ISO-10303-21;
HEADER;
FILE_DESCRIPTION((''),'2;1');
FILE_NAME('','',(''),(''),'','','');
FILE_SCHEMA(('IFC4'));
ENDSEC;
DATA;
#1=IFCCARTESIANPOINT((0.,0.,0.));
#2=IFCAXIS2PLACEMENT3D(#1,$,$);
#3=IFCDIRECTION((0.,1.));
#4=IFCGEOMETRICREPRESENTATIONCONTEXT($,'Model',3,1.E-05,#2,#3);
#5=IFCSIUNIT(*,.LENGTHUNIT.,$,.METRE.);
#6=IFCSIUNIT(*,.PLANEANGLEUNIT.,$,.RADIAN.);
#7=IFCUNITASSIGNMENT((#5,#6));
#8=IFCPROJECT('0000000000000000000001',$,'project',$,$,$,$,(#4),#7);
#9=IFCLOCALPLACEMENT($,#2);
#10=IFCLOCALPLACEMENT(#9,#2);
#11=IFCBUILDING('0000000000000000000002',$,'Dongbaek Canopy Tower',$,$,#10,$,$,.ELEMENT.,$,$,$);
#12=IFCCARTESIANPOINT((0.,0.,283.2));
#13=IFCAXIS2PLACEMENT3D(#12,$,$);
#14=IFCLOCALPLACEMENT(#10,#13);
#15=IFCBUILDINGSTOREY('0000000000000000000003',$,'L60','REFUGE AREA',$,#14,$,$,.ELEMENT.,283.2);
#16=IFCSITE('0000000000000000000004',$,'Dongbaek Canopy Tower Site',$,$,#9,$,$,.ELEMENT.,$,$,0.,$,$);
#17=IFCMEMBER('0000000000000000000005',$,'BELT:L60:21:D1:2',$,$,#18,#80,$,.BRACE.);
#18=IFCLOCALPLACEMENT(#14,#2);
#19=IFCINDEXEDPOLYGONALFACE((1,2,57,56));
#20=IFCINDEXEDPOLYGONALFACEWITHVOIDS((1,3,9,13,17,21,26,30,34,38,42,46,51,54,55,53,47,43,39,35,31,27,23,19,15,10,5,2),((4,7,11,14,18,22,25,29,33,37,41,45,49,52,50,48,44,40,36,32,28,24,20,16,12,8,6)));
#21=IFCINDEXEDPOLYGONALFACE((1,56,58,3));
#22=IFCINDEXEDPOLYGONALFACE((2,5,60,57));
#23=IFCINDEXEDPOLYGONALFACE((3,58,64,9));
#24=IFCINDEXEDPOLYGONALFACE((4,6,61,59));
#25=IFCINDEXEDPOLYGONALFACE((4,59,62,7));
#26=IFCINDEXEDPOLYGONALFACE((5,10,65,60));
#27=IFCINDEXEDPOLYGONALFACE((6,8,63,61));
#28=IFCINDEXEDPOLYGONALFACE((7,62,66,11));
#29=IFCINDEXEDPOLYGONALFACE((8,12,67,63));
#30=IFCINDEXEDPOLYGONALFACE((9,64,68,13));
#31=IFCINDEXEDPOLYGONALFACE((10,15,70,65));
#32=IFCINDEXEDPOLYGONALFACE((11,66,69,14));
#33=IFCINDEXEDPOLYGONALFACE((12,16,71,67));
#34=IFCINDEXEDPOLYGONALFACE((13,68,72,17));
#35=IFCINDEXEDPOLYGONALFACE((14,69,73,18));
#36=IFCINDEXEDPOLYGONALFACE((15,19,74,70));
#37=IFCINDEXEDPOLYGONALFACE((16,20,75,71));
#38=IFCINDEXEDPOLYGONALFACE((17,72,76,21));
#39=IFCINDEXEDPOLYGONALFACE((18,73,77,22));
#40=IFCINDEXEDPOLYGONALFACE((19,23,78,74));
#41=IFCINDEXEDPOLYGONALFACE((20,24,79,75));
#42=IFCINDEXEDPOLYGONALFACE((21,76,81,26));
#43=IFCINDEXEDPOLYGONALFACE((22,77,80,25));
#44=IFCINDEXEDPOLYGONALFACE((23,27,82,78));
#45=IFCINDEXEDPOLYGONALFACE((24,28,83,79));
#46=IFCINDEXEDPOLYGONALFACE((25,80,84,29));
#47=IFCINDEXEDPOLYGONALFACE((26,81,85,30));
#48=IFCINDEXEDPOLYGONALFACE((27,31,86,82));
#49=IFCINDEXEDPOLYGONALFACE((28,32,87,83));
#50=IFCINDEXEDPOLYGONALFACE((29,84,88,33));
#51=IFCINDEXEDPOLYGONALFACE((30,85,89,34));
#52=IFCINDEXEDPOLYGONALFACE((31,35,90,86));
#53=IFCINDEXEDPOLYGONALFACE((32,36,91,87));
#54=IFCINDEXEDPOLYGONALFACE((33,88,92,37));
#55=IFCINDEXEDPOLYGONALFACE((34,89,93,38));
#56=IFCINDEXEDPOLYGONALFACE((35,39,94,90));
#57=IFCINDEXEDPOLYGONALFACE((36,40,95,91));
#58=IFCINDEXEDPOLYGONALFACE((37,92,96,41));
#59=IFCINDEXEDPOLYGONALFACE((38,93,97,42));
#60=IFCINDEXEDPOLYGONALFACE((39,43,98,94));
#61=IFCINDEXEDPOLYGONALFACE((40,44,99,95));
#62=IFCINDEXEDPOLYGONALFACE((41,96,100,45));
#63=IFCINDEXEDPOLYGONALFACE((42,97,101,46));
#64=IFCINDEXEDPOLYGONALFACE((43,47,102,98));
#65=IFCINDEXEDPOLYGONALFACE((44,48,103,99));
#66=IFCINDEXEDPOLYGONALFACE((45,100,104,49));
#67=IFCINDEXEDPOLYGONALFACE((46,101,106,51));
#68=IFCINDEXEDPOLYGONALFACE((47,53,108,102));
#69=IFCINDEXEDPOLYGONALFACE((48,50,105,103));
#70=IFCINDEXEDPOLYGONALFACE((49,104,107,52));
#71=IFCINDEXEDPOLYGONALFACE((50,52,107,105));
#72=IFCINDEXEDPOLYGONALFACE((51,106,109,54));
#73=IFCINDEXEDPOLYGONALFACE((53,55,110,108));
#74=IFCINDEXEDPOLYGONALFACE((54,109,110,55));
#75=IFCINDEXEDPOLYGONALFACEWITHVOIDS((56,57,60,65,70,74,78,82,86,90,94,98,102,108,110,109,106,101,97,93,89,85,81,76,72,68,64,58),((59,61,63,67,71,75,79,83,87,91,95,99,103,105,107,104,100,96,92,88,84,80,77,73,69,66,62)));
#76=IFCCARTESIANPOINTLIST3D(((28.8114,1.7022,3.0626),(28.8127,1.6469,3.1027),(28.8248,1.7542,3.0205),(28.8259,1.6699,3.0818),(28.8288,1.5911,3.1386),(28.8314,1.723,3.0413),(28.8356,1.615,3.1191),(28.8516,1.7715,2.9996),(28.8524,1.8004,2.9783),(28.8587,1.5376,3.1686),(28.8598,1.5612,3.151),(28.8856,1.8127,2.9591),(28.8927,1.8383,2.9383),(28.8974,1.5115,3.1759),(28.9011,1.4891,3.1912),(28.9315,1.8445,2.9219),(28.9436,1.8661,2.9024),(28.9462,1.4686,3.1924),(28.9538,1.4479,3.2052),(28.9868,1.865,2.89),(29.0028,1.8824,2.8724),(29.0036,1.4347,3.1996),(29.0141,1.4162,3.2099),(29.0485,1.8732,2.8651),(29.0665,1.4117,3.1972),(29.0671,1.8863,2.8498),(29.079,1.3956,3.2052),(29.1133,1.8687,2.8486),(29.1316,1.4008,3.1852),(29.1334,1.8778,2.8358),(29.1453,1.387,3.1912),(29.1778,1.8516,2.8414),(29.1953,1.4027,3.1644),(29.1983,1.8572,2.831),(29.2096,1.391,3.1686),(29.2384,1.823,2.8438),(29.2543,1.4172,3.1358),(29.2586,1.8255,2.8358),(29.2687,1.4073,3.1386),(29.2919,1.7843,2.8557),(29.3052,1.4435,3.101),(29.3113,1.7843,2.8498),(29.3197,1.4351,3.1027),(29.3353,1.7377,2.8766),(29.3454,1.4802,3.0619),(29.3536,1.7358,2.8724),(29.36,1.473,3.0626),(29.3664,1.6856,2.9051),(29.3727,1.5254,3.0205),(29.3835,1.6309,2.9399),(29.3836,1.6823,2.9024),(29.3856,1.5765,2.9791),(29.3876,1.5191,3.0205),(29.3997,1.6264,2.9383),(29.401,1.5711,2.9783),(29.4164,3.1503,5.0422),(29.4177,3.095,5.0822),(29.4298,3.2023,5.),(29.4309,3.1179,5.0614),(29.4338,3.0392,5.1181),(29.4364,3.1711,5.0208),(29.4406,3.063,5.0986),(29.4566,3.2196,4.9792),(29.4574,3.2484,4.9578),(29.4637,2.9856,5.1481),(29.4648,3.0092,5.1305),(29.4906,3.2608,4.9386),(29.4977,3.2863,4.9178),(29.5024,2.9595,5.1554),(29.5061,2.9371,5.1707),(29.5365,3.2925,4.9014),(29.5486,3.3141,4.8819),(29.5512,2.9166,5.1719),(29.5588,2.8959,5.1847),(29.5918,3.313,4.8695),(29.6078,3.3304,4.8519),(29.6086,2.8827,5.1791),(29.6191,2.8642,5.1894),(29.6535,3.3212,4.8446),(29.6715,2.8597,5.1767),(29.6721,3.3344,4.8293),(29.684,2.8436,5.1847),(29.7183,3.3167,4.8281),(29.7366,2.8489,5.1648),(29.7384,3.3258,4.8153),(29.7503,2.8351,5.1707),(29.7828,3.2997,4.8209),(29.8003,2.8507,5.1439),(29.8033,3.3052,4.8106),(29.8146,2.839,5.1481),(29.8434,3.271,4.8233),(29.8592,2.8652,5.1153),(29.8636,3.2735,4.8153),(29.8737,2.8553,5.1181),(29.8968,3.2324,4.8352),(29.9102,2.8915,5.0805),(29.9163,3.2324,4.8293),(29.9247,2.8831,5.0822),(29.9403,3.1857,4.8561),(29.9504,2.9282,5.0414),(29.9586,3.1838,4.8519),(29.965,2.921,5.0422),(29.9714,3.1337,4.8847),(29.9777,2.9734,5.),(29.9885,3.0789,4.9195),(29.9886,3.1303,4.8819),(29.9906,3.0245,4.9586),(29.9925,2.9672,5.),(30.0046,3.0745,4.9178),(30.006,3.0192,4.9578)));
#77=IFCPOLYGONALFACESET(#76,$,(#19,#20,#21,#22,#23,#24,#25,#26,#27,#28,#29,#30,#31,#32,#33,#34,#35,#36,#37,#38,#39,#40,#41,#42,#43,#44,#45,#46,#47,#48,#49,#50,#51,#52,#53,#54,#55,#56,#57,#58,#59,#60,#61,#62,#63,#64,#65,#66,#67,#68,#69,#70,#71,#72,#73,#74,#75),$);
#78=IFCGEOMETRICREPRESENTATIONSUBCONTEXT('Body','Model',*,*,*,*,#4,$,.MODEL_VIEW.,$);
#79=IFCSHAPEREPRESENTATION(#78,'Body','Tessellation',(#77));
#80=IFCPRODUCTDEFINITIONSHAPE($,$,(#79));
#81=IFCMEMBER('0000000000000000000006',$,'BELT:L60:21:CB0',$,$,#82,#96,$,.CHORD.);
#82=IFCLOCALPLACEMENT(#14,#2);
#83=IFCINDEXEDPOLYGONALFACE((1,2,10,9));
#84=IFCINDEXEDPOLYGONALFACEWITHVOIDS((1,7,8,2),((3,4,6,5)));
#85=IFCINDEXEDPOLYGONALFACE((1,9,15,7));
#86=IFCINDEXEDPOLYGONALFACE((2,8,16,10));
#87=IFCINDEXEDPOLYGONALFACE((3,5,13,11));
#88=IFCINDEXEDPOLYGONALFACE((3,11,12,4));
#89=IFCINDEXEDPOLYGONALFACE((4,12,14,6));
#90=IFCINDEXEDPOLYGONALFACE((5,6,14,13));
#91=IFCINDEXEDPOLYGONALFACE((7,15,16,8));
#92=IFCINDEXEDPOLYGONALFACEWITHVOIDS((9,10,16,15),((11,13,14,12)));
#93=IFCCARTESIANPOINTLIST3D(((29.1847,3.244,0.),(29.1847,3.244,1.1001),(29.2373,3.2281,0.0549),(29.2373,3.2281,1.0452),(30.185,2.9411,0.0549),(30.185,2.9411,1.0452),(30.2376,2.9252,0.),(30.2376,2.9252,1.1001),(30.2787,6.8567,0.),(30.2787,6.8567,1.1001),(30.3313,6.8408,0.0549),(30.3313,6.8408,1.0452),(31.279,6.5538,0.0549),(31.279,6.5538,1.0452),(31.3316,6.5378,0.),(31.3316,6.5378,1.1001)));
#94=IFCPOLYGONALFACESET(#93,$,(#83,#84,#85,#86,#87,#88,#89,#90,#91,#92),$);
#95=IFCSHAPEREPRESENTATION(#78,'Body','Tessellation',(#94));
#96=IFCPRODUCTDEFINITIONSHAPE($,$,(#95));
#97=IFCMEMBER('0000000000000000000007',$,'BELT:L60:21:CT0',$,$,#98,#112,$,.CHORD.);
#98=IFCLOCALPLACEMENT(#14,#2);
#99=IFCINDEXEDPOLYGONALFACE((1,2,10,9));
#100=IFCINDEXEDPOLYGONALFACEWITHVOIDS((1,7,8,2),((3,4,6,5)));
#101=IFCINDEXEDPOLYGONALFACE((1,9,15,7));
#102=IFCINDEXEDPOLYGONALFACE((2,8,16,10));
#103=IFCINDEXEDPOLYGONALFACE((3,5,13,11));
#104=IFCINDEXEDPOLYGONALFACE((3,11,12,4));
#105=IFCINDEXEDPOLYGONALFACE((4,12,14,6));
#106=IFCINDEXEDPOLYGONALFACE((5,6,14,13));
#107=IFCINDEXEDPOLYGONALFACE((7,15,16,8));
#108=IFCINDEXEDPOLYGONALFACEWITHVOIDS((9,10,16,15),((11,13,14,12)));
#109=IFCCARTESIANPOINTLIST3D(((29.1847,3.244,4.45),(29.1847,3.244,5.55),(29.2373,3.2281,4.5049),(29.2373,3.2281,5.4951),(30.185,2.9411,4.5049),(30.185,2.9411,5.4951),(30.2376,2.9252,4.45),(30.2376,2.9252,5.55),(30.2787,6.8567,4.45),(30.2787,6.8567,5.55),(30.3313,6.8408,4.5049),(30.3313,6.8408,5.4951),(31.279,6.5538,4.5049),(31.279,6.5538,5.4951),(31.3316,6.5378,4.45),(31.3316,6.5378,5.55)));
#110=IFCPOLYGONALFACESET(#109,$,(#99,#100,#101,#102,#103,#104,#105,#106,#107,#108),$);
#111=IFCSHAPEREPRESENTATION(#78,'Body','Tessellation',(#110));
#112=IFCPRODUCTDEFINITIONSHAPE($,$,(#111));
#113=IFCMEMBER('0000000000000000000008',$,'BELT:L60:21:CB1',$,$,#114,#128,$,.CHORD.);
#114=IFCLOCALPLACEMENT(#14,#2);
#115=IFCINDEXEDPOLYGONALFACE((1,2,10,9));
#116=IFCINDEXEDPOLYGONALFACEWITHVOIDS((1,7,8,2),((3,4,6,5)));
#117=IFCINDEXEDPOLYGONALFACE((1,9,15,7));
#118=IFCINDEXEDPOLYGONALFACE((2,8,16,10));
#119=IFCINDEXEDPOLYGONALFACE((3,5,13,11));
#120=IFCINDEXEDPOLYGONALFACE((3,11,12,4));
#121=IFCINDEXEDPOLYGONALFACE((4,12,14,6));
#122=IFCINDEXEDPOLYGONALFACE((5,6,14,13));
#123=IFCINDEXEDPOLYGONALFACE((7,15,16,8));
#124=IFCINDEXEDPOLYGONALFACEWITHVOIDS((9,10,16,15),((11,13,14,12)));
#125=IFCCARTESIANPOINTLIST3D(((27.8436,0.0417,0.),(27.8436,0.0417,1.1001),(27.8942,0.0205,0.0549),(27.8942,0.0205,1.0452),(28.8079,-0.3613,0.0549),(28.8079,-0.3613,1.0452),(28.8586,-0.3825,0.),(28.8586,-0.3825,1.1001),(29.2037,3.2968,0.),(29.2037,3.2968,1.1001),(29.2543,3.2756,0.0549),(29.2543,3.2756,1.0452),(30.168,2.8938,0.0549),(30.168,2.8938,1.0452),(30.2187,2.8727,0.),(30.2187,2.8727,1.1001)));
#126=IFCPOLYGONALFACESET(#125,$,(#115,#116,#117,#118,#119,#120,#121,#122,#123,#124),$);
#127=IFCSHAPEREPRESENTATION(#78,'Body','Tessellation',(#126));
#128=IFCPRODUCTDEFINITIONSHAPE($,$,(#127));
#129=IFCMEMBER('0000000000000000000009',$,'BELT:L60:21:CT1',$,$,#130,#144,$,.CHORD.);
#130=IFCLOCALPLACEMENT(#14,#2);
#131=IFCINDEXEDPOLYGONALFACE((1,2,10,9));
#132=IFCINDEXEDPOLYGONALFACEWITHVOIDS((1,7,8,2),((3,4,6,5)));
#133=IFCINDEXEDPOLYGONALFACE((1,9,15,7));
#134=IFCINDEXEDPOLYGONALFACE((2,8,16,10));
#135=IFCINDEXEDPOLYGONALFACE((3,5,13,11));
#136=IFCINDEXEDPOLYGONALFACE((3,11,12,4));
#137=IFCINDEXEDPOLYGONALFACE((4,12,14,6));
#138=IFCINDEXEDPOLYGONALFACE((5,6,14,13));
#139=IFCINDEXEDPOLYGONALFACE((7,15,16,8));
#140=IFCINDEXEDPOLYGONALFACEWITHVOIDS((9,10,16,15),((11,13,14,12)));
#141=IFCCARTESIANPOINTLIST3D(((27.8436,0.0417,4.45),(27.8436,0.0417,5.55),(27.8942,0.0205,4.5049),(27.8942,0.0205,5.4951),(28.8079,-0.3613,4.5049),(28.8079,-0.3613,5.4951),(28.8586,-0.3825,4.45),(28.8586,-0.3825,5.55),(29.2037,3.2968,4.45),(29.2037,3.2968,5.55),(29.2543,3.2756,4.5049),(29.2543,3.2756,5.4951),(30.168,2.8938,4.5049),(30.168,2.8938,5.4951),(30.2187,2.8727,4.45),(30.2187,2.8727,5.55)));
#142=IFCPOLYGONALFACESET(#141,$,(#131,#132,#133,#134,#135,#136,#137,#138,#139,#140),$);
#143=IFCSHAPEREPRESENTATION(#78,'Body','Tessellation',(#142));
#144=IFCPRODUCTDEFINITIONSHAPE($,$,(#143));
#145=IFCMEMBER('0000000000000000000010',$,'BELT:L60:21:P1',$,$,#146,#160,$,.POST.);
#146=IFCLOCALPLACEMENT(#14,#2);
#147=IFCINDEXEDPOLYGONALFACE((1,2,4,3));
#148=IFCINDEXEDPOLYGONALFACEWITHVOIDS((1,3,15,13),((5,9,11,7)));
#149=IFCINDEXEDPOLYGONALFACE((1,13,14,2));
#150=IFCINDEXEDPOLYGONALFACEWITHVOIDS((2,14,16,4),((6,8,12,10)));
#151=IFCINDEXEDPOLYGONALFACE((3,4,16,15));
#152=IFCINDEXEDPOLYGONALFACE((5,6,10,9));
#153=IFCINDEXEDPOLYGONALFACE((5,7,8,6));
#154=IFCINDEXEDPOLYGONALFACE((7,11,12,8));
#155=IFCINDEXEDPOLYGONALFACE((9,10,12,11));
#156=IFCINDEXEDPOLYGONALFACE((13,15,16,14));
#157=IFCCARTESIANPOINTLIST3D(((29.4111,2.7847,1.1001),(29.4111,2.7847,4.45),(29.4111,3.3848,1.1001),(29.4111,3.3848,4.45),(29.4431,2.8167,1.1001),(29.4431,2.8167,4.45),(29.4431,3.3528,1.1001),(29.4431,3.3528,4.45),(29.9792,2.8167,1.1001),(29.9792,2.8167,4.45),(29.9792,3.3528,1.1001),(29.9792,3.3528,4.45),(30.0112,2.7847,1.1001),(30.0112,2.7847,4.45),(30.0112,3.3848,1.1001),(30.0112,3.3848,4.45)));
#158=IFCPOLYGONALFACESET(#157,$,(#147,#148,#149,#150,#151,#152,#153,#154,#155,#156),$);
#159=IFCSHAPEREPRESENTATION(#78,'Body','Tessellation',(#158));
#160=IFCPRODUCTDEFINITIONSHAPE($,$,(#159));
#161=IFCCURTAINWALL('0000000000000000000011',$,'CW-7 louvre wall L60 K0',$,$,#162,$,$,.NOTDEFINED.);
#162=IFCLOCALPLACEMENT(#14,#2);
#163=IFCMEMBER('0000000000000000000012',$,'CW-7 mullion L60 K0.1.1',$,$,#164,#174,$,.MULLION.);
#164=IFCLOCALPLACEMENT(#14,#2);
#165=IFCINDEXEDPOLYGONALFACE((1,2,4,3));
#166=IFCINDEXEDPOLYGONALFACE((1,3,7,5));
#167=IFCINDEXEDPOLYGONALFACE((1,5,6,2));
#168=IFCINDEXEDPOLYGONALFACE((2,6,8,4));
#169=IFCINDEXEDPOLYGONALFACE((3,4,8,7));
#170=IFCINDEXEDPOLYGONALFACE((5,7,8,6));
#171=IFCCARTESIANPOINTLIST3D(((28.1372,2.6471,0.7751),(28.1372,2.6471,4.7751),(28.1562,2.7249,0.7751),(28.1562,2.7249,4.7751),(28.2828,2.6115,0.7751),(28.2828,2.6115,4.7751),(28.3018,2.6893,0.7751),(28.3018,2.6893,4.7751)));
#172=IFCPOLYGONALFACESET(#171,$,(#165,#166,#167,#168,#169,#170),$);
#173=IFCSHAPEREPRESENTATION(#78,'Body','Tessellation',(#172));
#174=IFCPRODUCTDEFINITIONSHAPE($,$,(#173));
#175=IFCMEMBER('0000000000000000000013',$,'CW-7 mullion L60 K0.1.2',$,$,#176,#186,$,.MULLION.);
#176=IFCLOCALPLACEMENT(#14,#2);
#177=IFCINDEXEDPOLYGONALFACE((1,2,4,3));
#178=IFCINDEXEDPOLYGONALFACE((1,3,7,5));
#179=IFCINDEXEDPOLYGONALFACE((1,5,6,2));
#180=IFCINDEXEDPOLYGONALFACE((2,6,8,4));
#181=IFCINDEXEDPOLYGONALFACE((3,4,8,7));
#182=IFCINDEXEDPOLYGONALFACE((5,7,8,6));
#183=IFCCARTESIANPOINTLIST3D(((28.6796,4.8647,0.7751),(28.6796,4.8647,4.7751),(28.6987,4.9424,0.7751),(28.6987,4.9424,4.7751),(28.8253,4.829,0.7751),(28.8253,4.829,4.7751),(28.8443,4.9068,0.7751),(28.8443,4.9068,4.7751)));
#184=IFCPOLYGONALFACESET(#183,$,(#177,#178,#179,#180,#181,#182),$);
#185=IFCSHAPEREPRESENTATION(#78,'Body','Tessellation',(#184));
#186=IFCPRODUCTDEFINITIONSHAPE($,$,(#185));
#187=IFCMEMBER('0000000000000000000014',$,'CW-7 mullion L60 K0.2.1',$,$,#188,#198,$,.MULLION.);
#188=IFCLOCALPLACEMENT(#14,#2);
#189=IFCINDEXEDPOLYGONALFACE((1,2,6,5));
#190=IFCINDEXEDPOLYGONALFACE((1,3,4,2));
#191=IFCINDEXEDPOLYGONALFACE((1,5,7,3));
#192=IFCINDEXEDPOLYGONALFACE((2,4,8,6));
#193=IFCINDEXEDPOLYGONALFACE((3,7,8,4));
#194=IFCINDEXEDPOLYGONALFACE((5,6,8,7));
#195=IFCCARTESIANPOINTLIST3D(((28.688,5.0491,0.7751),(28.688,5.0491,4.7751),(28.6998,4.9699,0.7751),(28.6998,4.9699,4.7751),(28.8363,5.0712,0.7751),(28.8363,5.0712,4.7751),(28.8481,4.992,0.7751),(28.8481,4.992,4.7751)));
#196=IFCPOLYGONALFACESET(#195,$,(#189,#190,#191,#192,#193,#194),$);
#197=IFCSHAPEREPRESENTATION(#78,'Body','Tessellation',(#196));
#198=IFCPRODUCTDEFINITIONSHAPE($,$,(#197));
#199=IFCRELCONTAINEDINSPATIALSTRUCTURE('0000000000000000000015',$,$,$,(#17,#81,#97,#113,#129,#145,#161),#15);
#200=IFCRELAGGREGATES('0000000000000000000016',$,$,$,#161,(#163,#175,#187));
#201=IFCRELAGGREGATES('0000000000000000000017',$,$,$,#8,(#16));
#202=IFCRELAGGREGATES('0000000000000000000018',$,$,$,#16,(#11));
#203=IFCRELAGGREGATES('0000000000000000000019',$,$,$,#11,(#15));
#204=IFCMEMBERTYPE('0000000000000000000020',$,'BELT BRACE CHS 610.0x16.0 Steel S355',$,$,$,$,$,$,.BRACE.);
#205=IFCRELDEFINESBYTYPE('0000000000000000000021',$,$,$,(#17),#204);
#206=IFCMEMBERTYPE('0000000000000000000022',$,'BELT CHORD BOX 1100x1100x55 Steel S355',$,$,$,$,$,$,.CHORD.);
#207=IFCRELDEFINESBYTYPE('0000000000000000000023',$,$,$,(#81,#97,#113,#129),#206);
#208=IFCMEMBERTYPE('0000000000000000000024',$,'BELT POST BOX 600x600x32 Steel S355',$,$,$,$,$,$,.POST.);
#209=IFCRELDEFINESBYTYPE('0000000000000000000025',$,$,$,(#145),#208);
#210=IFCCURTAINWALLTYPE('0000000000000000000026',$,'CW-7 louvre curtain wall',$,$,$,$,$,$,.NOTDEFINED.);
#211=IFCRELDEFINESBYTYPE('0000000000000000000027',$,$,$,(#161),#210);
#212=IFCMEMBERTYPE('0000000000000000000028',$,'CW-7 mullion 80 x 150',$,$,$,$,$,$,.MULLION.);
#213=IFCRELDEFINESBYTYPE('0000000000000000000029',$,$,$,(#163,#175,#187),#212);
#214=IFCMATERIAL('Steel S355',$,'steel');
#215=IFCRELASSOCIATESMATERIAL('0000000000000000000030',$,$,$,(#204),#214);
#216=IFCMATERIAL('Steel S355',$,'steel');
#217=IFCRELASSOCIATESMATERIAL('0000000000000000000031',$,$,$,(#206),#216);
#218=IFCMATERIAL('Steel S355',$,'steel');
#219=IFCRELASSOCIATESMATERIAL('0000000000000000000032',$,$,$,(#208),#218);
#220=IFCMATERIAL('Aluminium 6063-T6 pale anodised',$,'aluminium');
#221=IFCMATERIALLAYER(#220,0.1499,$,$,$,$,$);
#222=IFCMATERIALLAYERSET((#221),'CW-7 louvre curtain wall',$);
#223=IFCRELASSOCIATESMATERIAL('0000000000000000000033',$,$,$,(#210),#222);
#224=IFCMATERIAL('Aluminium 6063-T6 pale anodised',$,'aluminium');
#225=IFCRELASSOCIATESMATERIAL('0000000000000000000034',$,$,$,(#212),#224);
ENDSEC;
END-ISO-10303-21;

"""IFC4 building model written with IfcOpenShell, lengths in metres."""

from ifc_helpers import new_model, si_unit, direction, frame, origin, origin_2d, place, context, subcontext, project, spatial, rectangle, hollow_rectangle, hollow_circle, extrude, material, layer, layer_set, material_profile, profile_set, type_object, element, aggregate, save


model = new_model("IFC4")

# Units and contexts
model_context = context("Model", 3, precision=1e-05, world=origin(), true_north=direction((0.0, 1.0)))
body_context = subcontext(model_context, "Body", "Model", "MODEL_VIEW")
ifc_project = project(units=[si_unit("LENGTHUNIT", "METRE"), si_unit("PLANEANGLEUNIT", "RADIAN")], contexts=[model_context])

# Site, building, storey
site_placement = place(None, origin())
site = spatial("IfcSite", under=ifc_project, at=site_placement, Name="Dongbaek Canopy Tower Site", CompositionType="ELEMENT", RefElevation=0.0)
building_placement = place(site_placement, origin())
building = spatial("IfcBuilding", under=site, at=building_placement, Name="Dongbaek Canopy Tower", CompositionType="ELEMENT")
storey_placement = place(building_placement, frame((0.0, 0.0, 283.2)))
storey = spatial("IfcBuildingStorey", under=building, at=storey_placement, Name="L60", Description="REFUGE AREA", CompositionType="ELEMENT", Elevation=283.2)

# Members
ifc_material_1 = material(Name="Steel S355", Category="steel")
ifc_material_profile_1 = material_profile(ifc_material_1, hollow_circle(Radius=0.3049, WallThickness=0.0161, at=origin_2d()), Name="BELT BRACE CHS 610.0x16.0 Steel S355")
ifc_profile_set_1 = profile_set([ifc_material_profile_1], Name="Steel S355")
member_type_1 = type_object("IfcMemberType", Name="BELT BRACE CHS 610.0x16.0 Steel S355", PredefinedType="BRACE", material=ifc_profile_set_1)
member_1_placement = place(storey_placement, frame((29.7112, 3.0847, 5.0), z_axis=(-0.239494, -0.573219, -0.783622), x_axis=(0.922704, -0.38551, 0.0)))
element("IfcMember", 1, at=member_1_placement, inside=storey, type_object=member_type_1, Name="BELT:L60:21:D1:2", PredefinedType="BRACE", context=body_context, shape_type="SweptSolid", body=[
    extrude(hollow_circle(Radius=0.3049, WallThickness=0.0161, at=origin_2d()), origin(), (0.0, 0.0, 1.0), 2.5261),
])
ifc_material_2 = material(Name="Steel S355", Category="steel")
ifc_material_profile_2 = material_profile(ifc_material_2, hollow_rectangle(XDim=1.1001, YDim=1.1001, WallThickness=0.0549, at=origin_2d()), Name="BELT CHORD BOX 1100x1100x55 Steel S355")
ifc_profile_set_2 = profile_set([ifc_material_profile_2], Name="Steel S355")
member_type_2 = type_object("IfcMemberType", Name="BELT CHORD BOX 1100x1100x55 Steel S355", PredefinedType="CHORD", material=ifc_profile_set_2)
for number, where, z_axis, x_axis, name in (
    (2, (30.8052, 6.6973, 0.55), (-0.289833, -0.957077, 0.0), (0.957077, -0.289833, 0.0), "BELT:L60:21:CB0"),
    (3, (30.8052, 6.6973, 5.0), (-0.289833, -0.957077, 0.0), (0.957077, -0.289833, 0.0), "BELT:L60:21:CT0"),
):
    element("IfcMember", number, at=place(storey_placement, frame(where, z_axis=z_axis, x_axis=x_axis)), inside=storey, type_object=member_type_2, Name=name, PredefinedType="CHORD", context=body_context, shape_type="SweptSolid", body=[
        extrude(hollow_rectangle(XDim=1.1001, YDim=1.1001, WallThickness=0.0549, at=origin_2d()), origin(), (0.0, 0.0, 1.0), 3.7747),
    ])
for number, where, z_axis, x_axis, name in (
    (4, (29.7112, 3.0847, 0.55), (-0.385534, -0.922694, 0.0), (0.922694, -0.385534, 0.0), "BELT:L60:21:CB1"),
    (5, (29.7112, 3.0847, 5.0), (-0.385534, -0.922694, 0.0), (0.922694, -0.385534, 0.0), "BELT:L60:21:CT1"),
):
    element("IfcMember", number, at=place(storey_placement, frame(where, z_axis=z_axis, x_axis=x_axis)), inside=storey, type_object=member_type_2, Name=name, PredefinedType="CHORD", context=body_context, shape_type="SweptSolid", body=[
        extrude(hollow_rectangle(XDim=1.1001, YDim=1.1001, WallThickness=0.0549, at=origin_2d()), origin(), (0.0, 0.0, 1.0), 3.5278),
    ])
ifc_material_3 = material(Name="Steel S355", Category="steel")
ifc_material_profile_3 = material_profile(ifc_material_3, hollow_rectangle(XDim=0.6001, YDim=0.6001, WallThickness=0.032, at=origin_2d()), Name="BELT POST BOX 600x600x32 Steel S355")
ifc_profile_set_3 = profile_set([ifc_material_profile_3], Name="Steel S355")
member_type_3 = type_object("IfcMemberType", Name="BELT POST BOX 600x600x32 Steel S355", PredefinedType="POST", material=ifc_profile_set_3)
member_2_placement = place(storey_placement, frame((29.7112, 3.0847, 1.1001), z_axis=(0.0, 0.0, 1.0), x_axis=(1.0, 0.0, 0.0)))
element("IfcMember", 6, at=member_2_placement, inside=storey, type_object=member_type_3, Name="BELT:L60:21:P1", PredefinedType="POST", context=body_context, shape_type="SweptSolid", body=[
    extrude(hollow_rectangle(XDim=0.6001, YDim=0.6001, WallThickness=0.032, at=origin_2d()), origin(), (0.0, 0.0, 1.0), 3.3499),
])

# Curtain wall, members
ifc_material_4 = material(Name="Aluminium 6063-T6 pale anodised", Category="aluminium")
ifc_layer_1 = layer(ifc_material_4, 0.1499)
ifc_layer_set_1 = layer_set([ifc_layer_1], Name="CW-7 louvre curtain wall")
curtain_wall_type = type_object("IfcCurtainWallType", Name="CW-7 louvre curtain wall", PredefinedType="NOTDEFINED", material=ifc_layer_set_1)
curtain_wall_placement = place(storey_placement, origin())
curtain_wall = element("IfcCurtainWall", 7, at=curtain_wall_placement, inside=storey, type_object=curtain_wall_type, Name="CW-7 louvre wall L60 K0", PredefinedType="NOTDEFINED")
ifc_material_5 = material(Name="Aluminium 6063-T6 pale anodised", Category="aluminium")
ifc_material_profile_4 = material_profile(ifc_material_5, rectangle(XDim=0.1499, YDim=0.0801, at=origin_2d()), Name="CW-7 mullion 80 x 150")
ifc_profile_set_4 = profile_set([ifc_material_profile_4], Name="Aluminium 6063-T6 pale anodised")
member_type_4 = type_object("IfcMemberType", Name="CW-7 mullion 80 x 150", PredefinedType="MULLION", material=ifc_profile_set_4)
member_3_placement = place(storey_placement, frame((28.2195, 2.6682, 0.7751), z_axis=(0.0, 0.0, 1.0), x_axis=(0.971372, -0.237564, 0.0)))
member_3 = element("IfcMember", 8, at=member_3_placement, type_object=member_type_4, Name="CW-7 mullion L60 K0.1.1", PredefinedType="MULLION", context=body_context, shape_type="SweptSolid", body=[
    extrude(rectangle(XDim=0.1499, YDim=0.0801, at=origin_2d()), origin(), (0.0, 0.0, 1.0), 4.0),
])
member_4_placement = place(storey_placement, frame((28.762, 4.8857, 0.7751), z_axis=(0.0, 0.0, 1.0), x_axis=(0.971372, -0.237564, 0.0)))
member_4 = element("IfcMember", 9, at=member_4_placement, type_object=member_type_4, Name="CW-7 mullion L60 K0.1.2", PredefinedType="MULLION", context=body_context, shape_type="SweptSolid", body=[
    extrude(rectangle(XDim=0.1499, YDim=0.0801, at=origin_2d()), origin(), (0.0, 0.0, 1.0), 4.0),
])
member_5_placement = place(storey_placement, frame((28.7681, 5.0205, 0.7751), z_axis=(0.0, 0.0, 1.0), x_axis=(0.989071, 0.147442, 0.0)))
member_5 = element("IfcMember", 10, at=member_5_placement, type_object=member_type_4, Name="CW-7 mullion L60 K0.2.1", PredefinedType="MULLION", context=body_context, shape_type="SweptSolid", body=[
    extrude(rectangle(XDim=0.1499, YDim=0.0801, at=origin_2d()), origin(), (0.0, 0.0, 1.0), 4.0),
])

aggregate(curtain_wall, [member_3, member_4, member_5])

save(model, "model.ifc")
